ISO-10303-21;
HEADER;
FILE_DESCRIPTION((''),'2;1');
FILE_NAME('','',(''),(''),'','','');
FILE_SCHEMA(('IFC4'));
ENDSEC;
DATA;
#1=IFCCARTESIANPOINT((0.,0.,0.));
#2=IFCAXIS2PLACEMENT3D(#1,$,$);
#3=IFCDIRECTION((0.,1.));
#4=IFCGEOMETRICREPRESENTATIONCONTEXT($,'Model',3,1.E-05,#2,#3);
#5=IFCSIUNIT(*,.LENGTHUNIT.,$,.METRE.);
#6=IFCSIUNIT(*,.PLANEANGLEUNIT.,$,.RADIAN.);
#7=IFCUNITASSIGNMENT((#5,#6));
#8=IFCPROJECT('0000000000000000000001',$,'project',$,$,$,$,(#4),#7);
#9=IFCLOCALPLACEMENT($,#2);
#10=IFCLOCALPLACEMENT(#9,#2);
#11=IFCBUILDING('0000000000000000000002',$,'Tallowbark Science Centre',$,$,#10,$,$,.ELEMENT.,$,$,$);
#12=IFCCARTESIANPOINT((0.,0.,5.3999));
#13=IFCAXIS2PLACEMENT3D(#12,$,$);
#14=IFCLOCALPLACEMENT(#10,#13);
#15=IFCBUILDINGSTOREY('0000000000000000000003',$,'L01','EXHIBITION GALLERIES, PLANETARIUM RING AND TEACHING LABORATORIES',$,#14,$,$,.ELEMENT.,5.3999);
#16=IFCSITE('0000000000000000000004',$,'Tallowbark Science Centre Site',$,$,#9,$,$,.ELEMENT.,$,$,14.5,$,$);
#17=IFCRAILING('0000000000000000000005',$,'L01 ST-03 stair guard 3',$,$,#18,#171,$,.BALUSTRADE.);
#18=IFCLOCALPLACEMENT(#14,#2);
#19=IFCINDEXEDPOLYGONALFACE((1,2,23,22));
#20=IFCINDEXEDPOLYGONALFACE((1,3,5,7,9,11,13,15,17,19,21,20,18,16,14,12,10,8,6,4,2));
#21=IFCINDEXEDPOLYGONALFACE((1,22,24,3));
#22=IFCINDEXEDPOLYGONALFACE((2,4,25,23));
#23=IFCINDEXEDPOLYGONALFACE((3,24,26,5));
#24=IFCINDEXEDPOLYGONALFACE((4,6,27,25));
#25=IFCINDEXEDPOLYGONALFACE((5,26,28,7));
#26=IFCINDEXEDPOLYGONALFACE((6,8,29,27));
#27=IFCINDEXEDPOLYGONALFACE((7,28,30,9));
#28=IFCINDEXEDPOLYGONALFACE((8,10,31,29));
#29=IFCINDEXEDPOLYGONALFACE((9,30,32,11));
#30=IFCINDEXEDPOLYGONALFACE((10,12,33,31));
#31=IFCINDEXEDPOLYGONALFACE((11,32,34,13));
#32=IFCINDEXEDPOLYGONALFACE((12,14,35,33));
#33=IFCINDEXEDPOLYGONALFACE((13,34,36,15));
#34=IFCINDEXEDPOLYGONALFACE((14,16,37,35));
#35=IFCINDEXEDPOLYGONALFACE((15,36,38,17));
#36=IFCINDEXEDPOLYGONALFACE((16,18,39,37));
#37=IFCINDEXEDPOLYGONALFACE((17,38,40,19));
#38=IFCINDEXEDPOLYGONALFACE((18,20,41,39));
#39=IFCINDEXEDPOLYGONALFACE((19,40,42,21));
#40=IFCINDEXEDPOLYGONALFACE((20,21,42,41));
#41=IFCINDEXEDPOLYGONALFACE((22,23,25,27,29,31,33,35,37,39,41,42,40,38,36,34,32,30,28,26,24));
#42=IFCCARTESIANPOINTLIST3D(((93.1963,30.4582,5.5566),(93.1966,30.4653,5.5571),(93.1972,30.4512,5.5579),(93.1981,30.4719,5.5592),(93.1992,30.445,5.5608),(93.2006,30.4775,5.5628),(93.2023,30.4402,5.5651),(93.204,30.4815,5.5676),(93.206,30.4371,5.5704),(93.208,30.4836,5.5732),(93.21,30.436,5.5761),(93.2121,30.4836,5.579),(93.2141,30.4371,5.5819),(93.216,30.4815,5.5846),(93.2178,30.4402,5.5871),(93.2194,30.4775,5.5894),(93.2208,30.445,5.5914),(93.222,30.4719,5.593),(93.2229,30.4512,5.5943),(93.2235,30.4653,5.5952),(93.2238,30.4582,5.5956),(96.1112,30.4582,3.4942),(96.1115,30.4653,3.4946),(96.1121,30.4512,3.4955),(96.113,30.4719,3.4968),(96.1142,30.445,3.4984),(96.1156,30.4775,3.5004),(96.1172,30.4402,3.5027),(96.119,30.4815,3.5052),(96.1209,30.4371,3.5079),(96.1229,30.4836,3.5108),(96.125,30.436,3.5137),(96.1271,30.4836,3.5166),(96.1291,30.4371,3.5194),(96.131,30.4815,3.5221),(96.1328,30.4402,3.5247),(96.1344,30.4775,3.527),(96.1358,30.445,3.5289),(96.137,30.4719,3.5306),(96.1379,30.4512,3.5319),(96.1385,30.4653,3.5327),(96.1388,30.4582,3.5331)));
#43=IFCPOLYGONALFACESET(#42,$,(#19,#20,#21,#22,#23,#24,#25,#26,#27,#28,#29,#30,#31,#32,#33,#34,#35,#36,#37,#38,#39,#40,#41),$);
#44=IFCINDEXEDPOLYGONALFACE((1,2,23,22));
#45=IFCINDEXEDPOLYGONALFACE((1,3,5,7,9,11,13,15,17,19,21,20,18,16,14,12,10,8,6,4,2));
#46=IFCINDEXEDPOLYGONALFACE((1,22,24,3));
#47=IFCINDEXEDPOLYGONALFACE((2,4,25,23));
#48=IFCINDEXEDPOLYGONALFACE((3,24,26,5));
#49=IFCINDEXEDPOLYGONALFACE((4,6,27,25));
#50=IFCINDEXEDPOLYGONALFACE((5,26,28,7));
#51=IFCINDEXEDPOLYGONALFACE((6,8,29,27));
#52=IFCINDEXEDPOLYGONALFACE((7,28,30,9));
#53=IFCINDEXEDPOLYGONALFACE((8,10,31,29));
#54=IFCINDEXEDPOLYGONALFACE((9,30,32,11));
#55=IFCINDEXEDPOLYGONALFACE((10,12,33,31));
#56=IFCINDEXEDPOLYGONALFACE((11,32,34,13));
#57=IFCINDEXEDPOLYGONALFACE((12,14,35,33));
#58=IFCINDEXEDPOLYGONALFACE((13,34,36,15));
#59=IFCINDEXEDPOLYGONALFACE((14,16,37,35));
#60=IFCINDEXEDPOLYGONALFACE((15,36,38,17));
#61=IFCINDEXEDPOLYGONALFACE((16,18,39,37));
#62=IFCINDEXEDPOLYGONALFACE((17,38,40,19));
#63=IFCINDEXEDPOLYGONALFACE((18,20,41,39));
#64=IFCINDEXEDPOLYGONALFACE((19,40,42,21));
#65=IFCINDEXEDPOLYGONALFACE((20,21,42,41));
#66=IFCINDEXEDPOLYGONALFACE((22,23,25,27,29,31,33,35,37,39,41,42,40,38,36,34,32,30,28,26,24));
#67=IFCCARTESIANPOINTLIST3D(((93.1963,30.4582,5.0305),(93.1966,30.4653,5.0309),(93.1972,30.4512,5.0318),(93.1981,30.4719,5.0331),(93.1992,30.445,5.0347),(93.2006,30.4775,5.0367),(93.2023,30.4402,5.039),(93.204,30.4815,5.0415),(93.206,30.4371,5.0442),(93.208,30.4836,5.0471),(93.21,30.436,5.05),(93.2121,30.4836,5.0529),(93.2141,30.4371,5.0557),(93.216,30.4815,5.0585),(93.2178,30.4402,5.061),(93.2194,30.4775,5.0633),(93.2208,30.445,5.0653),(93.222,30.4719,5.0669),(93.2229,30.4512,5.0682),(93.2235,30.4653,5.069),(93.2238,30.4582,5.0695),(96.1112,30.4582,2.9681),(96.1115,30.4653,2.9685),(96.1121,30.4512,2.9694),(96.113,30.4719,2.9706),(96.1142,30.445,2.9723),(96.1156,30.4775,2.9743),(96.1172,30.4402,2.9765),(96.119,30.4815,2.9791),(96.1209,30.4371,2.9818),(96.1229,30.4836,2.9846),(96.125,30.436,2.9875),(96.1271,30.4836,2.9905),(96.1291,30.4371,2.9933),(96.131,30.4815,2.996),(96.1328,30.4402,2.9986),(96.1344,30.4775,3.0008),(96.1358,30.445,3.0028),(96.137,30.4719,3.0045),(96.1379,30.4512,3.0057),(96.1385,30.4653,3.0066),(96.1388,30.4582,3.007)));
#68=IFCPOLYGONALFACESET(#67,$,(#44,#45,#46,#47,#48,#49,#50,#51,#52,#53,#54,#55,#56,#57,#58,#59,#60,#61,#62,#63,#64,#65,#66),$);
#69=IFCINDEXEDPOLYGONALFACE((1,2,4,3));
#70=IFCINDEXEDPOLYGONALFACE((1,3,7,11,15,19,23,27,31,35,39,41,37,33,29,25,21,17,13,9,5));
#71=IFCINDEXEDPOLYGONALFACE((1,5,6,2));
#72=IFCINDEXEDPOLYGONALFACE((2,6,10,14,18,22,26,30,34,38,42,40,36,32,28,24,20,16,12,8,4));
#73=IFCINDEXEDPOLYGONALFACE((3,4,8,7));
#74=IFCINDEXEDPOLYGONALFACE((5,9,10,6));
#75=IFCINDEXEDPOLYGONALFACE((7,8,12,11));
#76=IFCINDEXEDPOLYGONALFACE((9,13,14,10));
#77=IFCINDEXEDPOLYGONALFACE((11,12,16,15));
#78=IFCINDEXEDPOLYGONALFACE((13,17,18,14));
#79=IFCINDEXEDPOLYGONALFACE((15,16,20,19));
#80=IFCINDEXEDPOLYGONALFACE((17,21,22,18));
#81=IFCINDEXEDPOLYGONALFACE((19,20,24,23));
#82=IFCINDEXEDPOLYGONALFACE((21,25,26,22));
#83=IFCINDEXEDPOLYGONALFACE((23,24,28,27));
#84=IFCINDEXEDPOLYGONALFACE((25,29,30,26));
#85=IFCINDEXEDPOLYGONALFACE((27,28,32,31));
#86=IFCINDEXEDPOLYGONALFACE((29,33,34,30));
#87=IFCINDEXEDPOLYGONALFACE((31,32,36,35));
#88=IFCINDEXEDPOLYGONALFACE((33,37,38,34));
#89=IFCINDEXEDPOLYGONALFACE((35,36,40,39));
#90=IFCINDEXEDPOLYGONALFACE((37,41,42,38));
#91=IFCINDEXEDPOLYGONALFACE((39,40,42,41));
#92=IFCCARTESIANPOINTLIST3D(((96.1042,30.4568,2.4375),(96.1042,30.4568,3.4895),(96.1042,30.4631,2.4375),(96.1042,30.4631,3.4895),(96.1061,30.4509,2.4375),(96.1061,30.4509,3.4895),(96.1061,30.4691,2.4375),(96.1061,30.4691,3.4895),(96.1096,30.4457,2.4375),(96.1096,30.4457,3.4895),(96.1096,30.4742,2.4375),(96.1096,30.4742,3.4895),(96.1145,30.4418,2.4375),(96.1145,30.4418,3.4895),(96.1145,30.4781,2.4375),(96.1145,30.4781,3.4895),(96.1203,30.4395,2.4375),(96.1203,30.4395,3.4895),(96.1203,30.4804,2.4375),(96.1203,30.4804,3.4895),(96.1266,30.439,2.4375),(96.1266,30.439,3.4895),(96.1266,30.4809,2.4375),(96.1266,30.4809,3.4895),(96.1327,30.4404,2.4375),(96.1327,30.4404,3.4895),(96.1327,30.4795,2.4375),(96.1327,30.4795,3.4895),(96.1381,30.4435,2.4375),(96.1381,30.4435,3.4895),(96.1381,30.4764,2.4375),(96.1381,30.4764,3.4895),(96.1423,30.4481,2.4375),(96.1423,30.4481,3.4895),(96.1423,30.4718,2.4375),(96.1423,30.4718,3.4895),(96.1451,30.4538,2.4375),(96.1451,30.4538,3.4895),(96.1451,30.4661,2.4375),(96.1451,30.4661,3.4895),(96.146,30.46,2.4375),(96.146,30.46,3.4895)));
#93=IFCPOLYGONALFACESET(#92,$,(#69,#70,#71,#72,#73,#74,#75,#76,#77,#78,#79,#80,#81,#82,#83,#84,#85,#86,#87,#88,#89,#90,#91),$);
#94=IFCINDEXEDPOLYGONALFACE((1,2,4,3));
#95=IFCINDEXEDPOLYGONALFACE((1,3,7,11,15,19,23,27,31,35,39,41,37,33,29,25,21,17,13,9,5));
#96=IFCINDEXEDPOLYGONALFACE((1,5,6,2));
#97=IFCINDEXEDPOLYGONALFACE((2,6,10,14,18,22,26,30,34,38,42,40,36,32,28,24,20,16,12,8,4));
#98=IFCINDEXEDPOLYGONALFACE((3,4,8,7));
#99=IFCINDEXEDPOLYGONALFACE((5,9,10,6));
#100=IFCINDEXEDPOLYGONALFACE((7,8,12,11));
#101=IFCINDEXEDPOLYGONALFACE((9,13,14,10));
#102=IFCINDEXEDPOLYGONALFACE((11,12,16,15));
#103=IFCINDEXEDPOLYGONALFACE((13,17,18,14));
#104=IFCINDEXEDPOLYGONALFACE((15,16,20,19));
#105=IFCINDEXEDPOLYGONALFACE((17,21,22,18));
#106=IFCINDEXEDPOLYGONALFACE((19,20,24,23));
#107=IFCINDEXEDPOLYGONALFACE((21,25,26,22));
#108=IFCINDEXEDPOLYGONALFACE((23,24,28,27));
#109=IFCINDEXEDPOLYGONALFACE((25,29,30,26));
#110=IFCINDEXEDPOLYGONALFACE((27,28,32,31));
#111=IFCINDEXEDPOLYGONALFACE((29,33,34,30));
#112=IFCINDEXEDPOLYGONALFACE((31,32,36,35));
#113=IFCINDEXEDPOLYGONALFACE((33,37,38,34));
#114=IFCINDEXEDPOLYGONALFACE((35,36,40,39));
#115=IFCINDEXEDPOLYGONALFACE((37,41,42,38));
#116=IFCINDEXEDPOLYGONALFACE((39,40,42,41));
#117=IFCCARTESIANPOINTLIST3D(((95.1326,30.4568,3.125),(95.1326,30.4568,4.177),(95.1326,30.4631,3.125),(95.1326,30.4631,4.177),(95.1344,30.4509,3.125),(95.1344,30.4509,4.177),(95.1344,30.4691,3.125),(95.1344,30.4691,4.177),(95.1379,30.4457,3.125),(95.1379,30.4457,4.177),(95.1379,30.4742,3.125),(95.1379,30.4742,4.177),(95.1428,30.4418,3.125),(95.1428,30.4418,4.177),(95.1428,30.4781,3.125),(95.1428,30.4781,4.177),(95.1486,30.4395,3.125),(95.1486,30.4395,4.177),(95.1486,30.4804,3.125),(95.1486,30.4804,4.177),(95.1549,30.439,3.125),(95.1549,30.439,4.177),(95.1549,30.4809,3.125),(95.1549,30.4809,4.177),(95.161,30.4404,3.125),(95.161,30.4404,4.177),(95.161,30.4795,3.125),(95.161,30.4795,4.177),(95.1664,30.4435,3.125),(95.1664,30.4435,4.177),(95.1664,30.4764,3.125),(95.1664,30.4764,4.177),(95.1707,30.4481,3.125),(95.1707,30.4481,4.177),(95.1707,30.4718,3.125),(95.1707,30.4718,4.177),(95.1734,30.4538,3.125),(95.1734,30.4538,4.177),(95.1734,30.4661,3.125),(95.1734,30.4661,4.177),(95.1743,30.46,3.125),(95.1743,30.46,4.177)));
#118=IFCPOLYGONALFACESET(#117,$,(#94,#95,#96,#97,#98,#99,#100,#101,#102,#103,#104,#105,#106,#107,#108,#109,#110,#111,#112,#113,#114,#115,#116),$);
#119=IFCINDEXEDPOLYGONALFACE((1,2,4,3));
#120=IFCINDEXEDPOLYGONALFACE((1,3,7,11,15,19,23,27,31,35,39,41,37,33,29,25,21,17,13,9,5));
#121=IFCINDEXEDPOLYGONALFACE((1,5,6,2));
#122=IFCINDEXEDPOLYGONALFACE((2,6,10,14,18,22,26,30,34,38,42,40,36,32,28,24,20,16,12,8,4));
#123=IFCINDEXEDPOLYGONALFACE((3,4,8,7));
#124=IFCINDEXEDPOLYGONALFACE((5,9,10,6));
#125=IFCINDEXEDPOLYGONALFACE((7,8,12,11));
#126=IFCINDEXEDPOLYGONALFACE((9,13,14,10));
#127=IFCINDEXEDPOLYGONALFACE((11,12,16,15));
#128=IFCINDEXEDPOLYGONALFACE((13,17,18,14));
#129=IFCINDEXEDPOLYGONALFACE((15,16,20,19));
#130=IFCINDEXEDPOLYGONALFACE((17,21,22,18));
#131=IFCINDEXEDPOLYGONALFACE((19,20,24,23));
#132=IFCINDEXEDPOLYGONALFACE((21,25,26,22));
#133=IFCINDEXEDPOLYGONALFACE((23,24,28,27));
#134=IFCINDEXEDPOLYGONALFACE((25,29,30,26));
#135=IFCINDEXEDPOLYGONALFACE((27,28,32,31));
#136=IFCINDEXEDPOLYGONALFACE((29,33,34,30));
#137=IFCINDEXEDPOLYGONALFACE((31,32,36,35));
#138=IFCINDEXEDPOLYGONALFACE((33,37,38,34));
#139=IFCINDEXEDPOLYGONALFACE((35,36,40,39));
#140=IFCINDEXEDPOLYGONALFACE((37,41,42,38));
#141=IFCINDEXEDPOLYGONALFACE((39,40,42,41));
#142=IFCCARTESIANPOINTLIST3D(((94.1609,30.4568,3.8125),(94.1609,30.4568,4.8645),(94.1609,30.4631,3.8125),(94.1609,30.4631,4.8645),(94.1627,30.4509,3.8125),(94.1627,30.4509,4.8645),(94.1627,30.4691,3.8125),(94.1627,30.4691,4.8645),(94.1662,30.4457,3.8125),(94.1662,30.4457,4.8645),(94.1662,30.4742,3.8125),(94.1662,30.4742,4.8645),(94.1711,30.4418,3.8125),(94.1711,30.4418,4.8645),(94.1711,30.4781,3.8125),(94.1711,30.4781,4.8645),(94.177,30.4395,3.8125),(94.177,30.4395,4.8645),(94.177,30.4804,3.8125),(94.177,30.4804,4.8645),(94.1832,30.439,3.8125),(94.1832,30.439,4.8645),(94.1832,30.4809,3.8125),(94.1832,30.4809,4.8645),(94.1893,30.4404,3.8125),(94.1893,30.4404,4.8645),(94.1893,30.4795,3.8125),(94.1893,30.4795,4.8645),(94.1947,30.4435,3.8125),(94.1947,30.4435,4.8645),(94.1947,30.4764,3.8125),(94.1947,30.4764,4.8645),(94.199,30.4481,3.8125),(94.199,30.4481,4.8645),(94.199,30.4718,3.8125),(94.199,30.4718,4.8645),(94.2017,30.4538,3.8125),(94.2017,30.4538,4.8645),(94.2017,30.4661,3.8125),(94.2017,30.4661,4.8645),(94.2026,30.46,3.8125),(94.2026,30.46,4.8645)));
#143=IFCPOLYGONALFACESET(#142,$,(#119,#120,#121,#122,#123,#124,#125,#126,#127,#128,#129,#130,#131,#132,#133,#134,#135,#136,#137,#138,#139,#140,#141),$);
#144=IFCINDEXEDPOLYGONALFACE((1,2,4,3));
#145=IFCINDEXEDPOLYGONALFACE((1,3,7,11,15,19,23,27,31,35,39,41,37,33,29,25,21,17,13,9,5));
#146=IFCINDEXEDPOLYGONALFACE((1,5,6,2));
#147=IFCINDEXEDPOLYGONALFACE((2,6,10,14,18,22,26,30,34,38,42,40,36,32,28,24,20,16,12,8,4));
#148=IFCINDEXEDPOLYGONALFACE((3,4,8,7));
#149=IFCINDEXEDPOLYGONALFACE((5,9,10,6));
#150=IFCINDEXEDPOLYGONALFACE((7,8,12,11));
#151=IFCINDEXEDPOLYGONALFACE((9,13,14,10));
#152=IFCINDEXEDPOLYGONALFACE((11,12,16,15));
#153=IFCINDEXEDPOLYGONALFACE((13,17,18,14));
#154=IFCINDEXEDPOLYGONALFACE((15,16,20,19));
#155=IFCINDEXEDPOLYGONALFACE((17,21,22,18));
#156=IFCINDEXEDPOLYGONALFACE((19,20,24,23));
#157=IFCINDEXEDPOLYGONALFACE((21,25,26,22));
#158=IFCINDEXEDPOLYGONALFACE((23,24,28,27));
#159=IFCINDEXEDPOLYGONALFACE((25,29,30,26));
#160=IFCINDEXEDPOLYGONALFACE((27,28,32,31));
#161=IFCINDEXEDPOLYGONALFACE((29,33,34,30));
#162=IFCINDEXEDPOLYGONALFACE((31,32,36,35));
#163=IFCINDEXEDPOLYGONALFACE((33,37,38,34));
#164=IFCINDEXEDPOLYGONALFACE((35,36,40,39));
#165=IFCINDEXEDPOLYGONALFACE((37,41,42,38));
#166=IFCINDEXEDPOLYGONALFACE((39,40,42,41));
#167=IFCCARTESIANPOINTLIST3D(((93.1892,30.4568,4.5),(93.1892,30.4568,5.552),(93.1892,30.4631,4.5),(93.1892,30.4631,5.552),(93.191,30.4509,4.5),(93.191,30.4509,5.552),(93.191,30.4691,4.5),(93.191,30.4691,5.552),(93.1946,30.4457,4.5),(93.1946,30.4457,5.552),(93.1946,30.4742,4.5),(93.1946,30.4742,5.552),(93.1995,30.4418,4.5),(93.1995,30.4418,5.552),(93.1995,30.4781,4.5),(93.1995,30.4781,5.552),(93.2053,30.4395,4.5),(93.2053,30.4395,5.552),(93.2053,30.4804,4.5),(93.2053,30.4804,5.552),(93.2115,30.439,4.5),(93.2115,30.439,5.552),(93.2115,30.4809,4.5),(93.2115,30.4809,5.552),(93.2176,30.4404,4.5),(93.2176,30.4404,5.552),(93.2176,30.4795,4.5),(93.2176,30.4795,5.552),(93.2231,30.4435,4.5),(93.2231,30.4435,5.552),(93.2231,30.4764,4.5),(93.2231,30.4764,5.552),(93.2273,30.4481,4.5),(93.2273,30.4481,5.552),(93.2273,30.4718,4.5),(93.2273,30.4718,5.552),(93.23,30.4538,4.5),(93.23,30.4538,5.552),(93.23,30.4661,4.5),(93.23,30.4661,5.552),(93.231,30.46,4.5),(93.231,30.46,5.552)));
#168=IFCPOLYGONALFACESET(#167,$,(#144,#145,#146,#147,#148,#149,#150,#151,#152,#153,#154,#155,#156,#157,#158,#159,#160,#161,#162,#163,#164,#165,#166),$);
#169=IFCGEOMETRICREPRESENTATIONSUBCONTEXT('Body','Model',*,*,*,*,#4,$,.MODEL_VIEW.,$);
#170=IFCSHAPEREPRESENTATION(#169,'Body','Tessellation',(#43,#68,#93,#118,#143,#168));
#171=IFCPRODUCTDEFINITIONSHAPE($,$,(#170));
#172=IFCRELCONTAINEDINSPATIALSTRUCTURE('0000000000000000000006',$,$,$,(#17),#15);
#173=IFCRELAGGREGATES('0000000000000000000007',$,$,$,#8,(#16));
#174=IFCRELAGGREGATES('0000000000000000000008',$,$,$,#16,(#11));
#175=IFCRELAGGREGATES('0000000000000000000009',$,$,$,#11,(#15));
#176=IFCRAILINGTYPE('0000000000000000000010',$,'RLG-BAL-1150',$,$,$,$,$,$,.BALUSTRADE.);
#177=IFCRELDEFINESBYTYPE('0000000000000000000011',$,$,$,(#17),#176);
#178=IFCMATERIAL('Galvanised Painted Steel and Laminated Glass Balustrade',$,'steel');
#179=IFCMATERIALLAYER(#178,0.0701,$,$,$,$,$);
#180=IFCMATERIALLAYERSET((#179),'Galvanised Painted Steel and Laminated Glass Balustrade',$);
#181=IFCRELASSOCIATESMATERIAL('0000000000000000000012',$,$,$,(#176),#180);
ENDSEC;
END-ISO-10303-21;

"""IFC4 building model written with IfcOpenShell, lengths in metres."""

from ifc_helpers import new_model, si_unit, direction, frame, origin, origin_2d, place, context, subcontext, project, spatial, circle, extrude, material, layer, layer_set, type_object, element, save


model = new_model("IFC4")

# Units and contexts
model_context = context("Model", 3, precision=1e-05, world=origin(), true_north=direction((0.0, 1.0)))
body_context = subcontext(model_context, "Body", "Model", "MODEL_VIEW")
ifc_project = project(units=[si_unit("LENGTHUNIT", "METRE"), si_unit("PLANEANGLEUNIT", "RADIAN")], contexts=[model_context])

# Site, building, storey
site_placement = place(None, origin())
site = spatial("IfcSite", under=ifc_project, at=site_placement, Name="Tallowbark Science Centre Site", CompositionType="ELEMENT", RefElevation=14.5)
building_placement = place(site_placement, origin())
building = spatial("IfcBuilding", under=site, at=building_placement, Name="Tallowbark Science Centre", CompositionType="ELEMENT")
storey_placement = place(building_placement, frame((0.0, 0.0, 5.3999)))
storey = spatial("IfcBuildingStorey", under=building, at=storey_placement, Name="L01", Description="EXHIBITION GALLERIES, PLANETARIUM RING AND TEACHING LABORATORIES", CompositionType="ELEMENT", Elevation=5.3999)

# Railing
ifc_material_1 = material(Name="Galvanised Painted Steel and Laminated Glass Balustrade", Category="steel")
ifc_layer_1 = layer(ifc_material_1, 0.0701)
ifc_layer_set_1 = layer_set([ifc_layer_1], Name="Galvanised Painted Steel and Laminated Glass Balustrade")
railing_type_1 = type_object("IfcRailingType", Name="RLG-BAL-1150", PredefinedType="BALUSTRADE", material=ifc_layer_set_1)
railing_1_placement = place(storey_placement, frame((96.125, 30.46, 2.4375)))
element("IfcRailing", 1, at=railing_1_placement, inside=storey, type_object=railing_type_1, Name="L01 ST-03 stair guard 3", PredefinedType="BALUSTRADE", context=body_context, shape_type="SweptSolid", body=[
    extrude(circle(Radius=0.0239, at=origin_2d()), frame((0.0, 0.0, 1.0762), z_axis=(-0.816331, 0.0, 0.577585), x_axis=(0.0, -1.0, 0.0)), (0.0, 0.0, 1.0), 3.5708),
    extrude(circle(Radius=0.0239, at=origin_2d()), frame((0.0, 0.0, 0.55), z_axis=(-0.816331, 0.0, 0.577585), x_axis=(0.0, -1.0, 0.0)), (0.0, 0.0, 1.0), 3.5708),
    extrude(circle(Radius=0.021, at=origin_2d()), origin(), (0.0, 0.0, 1.0), 1.052),
    extrude(circle(Radius=0.021, at=origin_2d()), frame((-0.9717, 0.0, 0.6875)), (0.0, 0.0, 1.0), 1.052),
    extrude(circle(Radius=0.021, at=origin_2d()), frame((-1.9434, 0.0, 1.375)), (0.0, 0.0, 1.0), 1.052),
    extrude(circle(Radius=0.021, at=origin_2d()), frame((-2.915, 0.0, 2.0625)), (0.0, 0.0, 1.0), 1.052),
])

save(model, "model.ifc")
